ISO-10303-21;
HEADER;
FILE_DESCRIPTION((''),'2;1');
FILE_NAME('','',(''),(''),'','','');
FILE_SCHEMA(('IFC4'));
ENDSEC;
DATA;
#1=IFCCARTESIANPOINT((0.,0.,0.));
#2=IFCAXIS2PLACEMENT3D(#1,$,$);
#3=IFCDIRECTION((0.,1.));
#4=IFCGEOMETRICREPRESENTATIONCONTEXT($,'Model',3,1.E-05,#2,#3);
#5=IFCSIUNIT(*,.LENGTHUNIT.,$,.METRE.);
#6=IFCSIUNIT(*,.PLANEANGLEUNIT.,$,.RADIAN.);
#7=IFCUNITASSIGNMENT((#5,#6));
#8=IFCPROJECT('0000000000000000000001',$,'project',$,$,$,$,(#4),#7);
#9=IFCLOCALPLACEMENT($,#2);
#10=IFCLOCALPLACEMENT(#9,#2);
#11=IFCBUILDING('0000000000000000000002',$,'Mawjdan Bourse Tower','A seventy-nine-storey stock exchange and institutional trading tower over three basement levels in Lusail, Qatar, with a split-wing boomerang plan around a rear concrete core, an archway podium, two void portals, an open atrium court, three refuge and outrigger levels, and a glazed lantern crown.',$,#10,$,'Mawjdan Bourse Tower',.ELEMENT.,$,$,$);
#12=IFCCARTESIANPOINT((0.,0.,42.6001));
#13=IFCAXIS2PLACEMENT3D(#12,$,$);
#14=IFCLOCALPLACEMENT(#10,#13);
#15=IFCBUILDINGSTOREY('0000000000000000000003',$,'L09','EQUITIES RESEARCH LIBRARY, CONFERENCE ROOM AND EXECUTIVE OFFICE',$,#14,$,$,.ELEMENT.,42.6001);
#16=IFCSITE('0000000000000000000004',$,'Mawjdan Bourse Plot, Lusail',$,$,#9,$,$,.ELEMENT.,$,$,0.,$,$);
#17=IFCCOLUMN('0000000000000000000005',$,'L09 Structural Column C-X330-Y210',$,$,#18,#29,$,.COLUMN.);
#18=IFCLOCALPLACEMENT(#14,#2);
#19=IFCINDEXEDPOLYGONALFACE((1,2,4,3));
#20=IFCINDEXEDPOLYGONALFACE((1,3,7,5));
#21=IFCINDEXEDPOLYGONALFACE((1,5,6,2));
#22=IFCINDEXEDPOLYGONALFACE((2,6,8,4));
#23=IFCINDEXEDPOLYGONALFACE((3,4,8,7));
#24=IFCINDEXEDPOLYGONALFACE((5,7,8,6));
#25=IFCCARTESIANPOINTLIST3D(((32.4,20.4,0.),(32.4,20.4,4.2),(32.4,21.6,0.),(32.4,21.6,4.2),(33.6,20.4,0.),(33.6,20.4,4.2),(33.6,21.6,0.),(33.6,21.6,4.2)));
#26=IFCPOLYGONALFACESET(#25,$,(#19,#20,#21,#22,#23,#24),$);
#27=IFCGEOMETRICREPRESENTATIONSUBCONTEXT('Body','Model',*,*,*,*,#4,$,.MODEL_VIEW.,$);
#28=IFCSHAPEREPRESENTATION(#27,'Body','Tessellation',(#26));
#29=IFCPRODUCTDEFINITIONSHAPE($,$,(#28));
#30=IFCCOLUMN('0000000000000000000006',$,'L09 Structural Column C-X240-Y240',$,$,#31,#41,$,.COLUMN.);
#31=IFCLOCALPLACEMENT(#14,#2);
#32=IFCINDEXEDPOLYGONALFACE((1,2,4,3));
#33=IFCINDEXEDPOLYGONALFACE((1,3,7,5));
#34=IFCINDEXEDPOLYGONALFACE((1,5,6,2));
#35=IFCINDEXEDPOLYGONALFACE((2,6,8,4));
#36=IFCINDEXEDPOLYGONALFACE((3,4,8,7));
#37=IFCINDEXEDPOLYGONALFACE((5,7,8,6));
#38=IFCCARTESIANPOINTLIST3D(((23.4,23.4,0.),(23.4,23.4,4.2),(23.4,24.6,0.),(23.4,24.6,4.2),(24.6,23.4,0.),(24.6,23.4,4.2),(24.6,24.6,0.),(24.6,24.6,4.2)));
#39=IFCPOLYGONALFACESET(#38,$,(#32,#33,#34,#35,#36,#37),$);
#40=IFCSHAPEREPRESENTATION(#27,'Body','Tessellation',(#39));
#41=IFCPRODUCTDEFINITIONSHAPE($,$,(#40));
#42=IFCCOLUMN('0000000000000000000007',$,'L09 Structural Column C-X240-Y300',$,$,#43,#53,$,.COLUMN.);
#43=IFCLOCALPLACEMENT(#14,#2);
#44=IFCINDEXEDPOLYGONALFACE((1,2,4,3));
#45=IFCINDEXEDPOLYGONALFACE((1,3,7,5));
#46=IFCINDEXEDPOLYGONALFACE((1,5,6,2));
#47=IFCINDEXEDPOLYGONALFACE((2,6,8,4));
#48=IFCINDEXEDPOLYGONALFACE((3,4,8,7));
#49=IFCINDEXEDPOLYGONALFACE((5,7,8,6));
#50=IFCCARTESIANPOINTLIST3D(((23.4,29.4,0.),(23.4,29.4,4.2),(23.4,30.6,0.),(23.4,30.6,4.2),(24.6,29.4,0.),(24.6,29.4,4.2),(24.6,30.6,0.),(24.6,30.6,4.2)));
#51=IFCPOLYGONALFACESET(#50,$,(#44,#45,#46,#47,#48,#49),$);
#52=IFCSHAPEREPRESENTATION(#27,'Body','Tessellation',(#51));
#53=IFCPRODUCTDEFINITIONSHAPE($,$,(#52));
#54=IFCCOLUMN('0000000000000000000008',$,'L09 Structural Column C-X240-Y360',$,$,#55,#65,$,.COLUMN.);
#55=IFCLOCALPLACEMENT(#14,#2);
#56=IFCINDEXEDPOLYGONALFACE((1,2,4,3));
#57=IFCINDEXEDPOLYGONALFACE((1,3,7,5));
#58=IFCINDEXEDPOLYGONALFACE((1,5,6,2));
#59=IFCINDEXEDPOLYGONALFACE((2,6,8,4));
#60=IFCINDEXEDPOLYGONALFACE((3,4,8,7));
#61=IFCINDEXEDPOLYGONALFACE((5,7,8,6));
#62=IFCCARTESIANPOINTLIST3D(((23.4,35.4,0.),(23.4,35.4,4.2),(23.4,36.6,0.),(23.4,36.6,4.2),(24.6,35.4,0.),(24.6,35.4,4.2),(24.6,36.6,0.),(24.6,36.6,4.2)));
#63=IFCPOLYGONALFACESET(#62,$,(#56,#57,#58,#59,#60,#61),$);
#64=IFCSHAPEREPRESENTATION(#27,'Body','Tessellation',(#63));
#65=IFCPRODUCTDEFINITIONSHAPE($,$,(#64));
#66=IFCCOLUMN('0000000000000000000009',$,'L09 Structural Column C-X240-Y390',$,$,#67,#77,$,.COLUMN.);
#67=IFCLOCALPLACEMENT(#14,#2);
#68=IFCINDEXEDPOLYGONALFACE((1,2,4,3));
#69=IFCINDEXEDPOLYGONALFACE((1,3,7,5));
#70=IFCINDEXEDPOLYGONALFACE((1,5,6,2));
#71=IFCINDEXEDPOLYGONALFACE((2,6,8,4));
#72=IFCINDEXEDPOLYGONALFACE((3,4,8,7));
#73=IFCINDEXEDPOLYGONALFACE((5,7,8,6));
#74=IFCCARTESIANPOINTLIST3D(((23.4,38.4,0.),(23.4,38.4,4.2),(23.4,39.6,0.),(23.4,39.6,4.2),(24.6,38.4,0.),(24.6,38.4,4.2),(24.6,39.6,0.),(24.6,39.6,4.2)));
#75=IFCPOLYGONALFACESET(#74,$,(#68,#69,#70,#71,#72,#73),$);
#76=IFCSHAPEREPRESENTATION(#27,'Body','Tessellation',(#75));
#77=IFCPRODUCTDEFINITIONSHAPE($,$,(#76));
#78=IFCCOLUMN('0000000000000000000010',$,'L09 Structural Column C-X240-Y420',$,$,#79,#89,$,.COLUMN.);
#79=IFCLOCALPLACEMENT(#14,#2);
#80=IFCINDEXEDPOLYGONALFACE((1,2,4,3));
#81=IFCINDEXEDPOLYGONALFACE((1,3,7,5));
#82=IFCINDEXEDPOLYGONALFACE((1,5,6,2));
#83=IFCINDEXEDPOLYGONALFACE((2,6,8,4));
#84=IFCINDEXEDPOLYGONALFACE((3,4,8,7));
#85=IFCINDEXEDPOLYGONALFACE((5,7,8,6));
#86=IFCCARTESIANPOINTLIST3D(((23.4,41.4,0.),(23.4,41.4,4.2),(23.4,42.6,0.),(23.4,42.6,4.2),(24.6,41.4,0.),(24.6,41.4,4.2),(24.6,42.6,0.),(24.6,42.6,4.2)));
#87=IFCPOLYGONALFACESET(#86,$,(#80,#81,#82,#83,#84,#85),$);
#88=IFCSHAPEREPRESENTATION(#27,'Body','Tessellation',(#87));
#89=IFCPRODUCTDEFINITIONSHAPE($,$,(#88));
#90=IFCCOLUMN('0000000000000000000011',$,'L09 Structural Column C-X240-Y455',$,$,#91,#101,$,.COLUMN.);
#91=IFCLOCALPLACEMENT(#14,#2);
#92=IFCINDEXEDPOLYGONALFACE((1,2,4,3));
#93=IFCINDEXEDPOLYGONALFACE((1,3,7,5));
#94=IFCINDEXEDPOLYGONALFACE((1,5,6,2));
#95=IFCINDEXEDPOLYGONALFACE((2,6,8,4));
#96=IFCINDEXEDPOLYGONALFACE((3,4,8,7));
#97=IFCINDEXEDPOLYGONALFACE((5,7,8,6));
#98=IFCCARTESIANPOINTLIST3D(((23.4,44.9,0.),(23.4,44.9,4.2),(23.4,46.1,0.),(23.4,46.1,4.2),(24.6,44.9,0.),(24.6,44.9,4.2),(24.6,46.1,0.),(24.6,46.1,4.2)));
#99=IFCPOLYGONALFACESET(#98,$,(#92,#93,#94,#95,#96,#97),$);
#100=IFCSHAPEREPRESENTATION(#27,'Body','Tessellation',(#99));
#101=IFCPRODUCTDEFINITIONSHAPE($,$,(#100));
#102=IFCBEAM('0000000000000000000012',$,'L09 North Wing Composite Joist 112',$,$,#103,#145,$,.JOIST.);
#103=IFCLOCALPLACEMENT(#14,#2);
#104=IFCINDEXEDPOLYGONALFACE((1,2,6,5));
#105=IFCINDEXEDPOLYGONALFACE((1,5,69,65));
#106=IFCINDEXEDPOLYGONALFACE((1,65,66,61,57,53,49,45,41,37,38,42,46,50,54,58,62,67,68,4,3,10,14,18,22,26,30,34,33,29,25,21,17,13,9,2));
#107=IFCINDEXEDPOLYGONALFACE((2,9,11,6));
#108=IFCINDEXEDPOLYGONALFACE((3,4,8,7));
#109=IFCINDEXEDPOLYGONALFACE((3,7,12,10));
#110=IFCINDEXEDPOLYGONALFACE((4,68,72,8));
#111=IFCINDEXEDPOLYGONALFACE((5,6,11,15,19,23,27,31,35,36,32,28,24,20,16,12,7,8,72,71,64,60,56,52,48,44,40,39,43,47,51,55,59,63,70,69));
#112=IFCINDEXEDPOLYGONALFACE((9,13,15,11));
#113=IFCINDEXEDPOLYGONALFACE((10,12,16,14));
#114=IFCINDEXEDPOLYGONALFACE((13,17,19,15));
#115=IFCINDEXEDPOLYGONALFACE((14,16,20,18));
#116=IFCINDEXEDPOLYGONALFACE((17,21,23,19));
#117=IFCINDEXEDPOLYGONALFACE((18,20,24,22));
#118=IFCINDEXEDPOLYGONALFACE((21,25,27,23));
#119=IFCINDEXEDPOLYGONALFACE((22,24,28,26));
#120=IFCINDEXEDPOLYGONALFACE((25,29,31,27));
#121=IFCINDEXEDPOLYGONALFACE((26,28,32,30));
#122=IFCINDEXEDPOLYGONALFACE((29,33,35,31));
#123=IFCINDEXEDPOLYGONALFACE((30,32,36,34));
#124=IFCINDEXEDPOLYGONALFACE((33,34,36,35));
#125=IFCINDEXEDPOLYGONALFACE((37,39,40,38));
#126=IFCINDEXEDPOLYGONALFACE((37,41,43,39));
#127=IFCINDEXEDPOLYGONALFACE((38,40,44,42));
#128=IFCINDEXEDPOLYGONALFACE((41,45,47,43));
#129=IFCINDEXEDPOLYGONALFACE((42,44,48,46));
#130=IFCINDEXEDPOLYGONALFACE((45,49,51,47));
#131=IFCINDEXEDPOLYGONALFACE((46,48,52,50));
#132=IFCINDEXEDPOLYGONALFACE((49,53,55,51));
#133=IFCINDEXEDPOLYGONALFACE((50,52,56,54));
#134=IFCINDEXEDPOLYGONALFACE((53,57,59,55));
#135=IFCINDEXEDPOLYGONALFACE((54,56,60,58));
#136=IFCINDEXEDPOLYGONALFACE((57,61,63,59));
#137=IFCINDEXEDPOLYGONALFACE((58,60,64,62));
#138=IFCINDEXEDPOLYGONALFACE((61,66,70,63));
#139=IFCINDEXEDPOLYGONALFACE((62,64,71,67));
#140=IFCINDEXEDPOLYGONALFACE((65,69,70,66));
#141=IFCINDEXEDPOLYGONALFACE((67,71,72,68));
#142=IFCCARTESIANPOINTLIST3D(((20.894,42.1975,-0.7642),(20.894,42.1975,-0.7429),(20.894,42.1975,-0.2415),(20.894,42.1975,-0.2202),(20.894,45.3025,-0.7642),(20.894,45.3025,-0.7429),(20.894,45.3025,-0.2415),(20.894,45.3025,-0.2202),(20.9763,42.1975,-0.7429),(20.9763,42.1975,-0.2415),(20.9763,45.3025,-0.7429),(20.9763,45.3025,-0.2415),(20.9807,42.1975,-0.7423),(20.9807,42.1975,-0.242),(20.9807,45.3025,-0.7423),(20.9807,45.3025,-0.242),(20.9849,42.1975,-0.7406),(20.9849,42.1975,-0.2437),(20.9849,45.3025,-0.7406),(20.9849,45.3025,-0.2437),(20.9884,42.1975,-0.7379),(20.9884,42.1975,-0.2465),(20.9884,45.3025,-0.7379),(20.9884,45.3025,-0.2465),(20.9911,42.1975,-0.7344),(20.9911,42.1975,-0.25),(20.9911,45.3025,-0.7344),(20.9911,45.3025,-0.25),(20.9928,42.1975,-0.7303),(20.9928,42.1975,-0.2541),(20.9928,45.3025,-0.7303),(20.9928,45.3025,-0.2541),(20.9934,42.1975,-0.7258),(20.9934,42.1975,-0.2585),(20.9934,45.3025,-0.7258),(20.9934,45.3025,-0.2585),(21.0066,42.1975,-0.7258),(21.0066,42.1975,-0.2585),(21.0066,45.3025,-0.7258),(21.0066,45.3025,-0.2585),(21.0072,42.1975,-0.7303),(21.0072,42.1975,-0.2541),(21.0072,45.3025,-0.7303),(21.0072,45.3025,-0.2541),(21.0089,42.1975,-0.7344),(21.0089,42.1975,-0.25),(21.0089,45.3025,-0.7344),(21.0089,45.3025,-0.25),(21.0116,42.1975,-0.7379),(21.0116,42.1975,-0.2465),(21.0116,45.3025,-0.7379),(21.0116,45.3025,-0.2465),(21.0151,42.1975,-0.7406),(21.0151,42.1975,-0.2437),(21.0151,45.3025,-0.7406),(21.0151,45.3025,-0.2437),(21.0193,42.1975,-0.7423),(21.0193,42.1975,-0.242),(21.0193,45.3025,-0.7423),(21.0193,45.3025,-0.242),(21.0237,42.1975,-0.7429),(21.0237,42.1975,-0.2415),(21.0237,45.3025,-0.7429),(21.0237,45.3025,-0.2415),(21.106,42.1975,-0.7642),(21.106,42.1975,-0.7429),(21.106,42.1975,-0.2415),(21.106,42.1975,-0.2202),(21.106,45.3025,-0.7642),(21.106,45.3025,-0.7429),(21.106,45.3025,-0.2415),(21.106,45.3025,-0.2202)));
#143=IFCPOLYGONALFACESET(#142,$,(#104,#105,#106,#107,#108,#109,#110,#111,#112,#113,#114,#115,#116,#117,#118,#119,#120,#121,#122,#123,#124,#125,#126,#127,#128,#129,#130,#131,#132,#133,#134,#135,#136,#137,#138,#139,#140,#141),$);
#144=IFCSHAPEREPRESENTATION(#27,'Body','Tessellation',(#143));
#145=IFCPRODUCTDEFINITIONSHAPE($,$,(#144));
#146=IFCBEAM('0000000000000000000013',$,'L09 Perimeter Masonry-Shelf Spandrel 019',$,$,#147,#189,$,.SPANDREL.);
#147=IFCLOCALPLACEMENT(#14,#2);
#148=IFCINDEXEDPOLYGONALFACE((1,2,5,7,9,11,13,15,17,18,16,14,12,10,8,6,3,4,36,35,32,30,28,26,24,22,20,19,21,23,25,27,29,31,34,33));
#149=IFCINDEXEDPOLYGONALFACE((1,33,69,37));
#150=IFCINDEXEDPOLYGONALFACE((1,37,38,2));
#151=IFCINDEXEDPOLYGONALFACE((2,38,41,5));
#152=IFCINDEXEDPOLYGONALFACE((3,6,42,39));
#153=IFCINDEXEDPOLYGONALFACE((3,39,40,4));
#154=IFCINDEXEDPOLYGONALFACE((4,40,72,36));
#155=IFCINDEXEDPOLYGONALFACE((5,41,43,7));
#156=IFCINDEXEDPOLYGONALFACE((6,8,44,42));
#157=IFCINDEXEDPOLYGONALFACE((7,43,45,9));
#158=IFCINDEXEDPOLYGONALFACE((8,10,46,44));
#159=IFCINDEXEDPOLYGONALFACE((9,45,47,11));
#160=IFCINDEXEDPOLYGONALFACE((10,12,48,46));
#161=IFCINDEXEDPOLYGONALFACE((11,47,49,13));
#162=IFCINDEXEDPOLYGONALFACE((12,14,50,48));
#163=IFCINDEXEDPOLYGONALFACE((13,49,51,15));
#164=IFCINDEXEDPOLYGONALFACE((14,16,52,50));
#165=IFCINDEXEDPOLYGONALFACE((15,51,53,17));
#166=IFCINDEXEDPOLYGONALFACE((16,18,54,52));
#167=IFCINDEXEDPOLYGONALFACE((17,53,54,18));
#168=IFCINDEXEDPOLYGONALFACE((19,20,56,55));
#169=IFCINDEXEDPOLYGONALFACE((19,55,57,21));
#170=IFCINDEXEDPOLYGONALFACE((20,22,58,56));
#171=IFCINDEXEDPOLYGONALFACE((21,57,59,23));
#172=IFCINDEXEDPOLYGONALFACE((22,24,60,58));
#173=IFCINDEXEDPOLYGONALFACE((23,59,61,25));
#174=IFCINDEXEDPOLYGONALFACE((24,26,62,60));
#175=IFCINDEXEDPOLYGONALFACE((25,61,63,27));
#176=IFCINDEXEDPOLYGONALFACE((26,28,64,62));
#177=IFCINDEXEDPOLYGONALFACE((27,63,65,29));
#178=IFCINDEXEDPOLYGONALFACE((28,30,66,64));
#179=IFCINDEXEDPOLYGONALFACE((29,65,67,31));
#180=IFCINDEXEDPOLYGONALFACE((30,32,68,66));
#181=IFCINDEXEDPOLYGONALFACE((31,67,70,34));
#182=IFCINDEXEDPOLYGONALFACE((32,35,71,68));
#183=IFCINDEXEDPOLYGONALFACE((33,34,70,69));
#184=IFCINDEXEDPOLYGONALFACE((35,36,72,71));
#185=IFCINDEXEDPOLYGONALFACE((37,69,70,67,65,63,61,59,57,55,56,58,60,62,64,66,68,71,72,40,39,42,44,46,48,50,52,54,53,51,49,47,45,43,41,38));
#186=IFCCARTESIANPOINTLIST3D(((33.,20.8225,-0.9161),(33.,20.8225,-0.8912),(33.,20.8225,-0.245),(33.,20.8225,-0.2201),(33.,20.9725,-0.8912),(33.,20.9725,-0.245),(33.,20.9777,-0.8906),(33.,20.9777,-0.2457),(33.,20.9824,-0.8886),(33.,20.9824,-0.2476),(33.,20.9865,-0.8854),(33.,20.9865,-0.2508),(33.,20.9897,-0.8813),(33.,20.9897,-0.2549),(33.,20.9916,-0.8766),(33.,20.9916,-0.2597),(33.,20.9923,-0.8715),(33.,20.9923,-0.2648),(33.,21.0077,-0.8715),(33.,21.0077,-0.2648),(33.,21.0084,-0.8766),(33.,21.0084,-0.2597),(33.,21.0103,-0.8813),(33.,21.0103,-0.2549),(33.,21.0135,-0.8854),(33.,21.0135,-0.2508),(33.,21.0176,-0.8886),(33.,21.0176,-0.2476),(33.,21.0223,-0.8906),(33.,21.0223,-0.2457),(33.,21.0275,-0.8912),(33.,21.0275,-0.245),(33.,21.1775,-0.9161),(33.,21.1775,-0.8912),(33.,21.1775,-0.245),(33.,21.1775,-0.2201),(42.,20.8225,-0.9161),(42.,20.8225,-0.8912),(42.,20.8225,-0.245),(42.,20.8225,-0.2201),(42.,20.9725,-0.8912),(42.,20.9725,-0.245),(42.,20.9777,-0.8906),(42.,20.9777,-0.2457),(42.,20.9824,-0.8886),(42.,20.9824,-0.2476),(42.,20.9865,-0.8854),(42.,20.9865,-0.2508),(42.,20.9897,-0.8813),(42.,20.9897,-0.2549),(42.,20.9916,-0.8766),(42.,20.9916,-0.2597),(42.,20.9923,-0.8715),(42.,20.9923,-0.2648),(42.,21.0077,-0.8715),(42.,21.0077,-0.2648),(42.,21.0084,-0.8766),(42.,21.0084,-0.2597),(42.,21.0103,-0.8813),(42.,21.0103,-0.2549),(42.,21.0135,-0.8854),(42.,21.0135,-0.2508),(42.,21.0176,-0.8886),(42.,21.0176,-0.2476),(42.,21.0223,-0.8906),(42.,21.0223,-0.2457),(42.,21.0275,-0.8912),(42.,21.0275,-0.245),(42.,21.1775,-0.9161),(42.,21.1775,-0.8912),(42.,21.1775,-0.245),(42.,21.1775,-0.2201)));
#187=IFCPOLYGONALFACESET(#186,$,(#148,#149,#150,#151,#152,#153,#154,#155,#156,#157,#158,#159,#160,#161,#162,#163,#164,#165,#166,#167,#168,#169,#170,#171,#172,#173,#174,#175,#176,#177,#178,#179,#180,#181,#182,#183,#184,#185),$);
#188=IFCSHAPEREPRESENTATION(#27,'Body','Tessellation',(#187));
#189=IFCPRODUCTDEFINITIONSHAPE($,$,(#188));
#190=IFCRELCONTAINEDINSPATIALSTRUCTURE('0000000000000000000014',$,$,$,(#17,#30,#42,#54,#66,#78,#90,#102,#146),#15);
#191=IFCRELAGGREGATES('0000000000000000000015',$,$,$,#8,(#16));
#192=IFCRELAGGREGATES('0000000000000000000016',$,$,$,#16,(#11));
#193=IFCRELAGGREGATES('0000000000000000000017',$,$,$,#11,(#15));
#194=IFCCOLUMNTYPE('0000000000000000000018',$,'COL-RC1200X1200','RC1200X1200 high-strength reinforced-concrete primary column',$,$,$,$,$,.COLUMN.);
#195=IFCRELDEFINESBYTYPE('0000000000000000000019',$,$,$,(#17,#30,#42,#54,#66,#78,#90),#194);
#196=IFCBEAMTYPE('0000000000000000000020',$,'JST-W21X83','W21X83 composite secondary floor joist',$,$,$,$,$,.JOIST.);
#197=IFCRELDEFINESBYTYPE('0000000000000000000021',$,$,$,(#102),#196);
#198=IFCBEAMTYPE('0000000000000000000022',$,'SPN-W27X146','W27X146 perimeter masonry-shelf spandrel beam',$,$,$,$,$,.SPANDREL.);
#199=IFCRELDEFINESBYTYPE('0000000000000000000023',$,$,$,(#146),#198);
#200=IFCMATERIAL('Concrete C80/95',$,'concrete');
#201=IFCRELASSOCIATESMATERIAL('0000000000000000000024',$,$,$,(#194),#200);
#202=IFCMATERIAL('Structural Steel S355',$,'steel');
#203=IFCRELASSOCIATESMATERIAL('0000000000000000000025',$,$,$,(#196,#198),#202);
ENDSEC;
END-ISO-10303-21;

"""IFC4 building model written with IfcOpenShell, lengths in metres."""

from ifc_helpers import new_model, si_unit, direction, frame, origin, origin_2d, place, context, subcontext, project, spatial, rectangle, i_section, extrude, material, material_profile, profile_set, type_object, element, save


model = new_model("IFC4")

# Units and contexts
model_context = context("Model", 3, precision=1e-05, world=origin(), true_north=direction((0.0, 1.0)))
body_context = subcontext(model_context, "Body", "Model", "MODEL_VIEW")
ifc_project = project(units=[si_unit("LENGTHUNIT", "METRE"), si_unit("PLANEANGLEUNIT", "RADIAN")], contexts=[model_context])

# Site, building, storey
site_placement = place(None, origin())
site = spatial("IfcSite", under=ifc_project, at=site_placement, Name="Mawjdan Bourse Plot, Lusail", CompositionType="ELEMENT", RefElevation=0.0)
building_placement = place(site_placement, origin())
building = spatial("IfcBuilding", under=site, at=building_placement, Name="Mawjdan Bourse Tower", Description="A seventy-nine-storey stock exchange and institutional trading tower over three basement levels in Lusail, Qatar, with a split-wing boomerang plan around a rear concrete core, an archway podium, two void portals, an open atrium court, three refuge and outrigger levels, and a glazed lantern crown.", LongName="Mawjdan Bourse Tower", CompositionType="ELEMENT")
storey_placement = place(building_placement, frame((0.0, 0.0, 42.6001)))
storey = spatial("IfcBuildingStorey", under=building, at=storey_placement, Name="L09", Description="EQUITIES RESEARCH LIBRARY, CONFERENCE ROOM AND EXECUTIVE OFFICE", CompositionType="ELEMENT", Elevation=42.6001)

# Columns
ifc_material_1 = material(Name="Concrete C80/95", Category="concrete")
ifc_material_profile_1 = material_profile(ifc_material_1, rectangle(XDim=1.2, YDim=1.2, at=origin_2d()), Name="RC1200X1200")
ifc_profile_set_1 = profile_set([ifc_material_profile_1], Name="Concrete C80/95")
column_type = type_object("IfcColumnType", Name="COL-RC1200X1200", Description="RC1200X1200 high-strength reinforced-concrete primary column", PredefinedType="COLUMN", material=ifc_profile_set_1)
for number, where, z_axis, x_axis, name in (
    (1, (33.0, 21.0, 0.0), (0.0, 0.0, 1.0), (1.0, 0.0, 0.0), "L09 Structural Column C-X330-Y210"),
    (2, (24.0, 24.0, 0.0), (0.0, 0.0, 1.0), (1.0, 0.0, 0.0), "L09 Structural Column C-X240-Y240"),
    (3, (24.0, 30.0, 0.0), (0.0, 0.0, 1.0), (1.0, 0.0, 0.0), "L09 Structural Column C-X240-Y300"),
    (4, (24.0, 36.0, 0.0), (0.0, 0.0, 1.0), (1.0, 0.0, 0.0), "L09 Structural Column C-X240-Y360"),
    (5, (24.0, 39.0, 0.0), (0.0, 0.0, 1.0), (1.0, 0.0, 0.0), "L09 Structural Column C-X240-Y390"),
    (6, (24.0, 42.0, 0.0), (0.0, 0.0, 1.0), (1.0, 0.0, 0.0), "L09 Structural Column C-X240-Y420"),
    (7, (24.0, 45.5, 0.0), (0.0, 0.0, 1.0), (1.0, 0.0, 0.0), "L09 Structural Column C-X240-Y455"),
):
    element("IfcColumn", number, at=place(storey_placement, frame(where, z_axis=z_axis, x_axis=x_axis)), inside=storey, type_object=column_type, Name=name, PredefinedType="COLUMN", context=body_context, shape_type="SweptSolid", body=[
        extrude(rectangle(XDim=1.2, YDim=1.2, at=origin_2d()), origin(), (0.0, 0.0, 1.0), 4.2),
    ])

# Beams
ifc_material_2 = material(Name="Structural Steel S355", Category="steel")
ifc_material_profile_2 = material_profile(ifc_material_2, i_section(OverallWidth=0.2119, OverallDepth=0.5439, WebThickness=0.0132, FlangeThickness=0.0212, FilletRadius=0.0171, at=origin_2d()), Name="W21X83")
ifc_profile_set_2 = profile_set([ifc_material_profile_2], Name="Structural Steel S355")
beam_type_1 = type_object("IfcBeamType", Name="JST-W21X83", Description="W21X83 composite secondary floor joist", PredefinedType="JOIST", material=ifc_profile_set_2)
beam_1_placement = place(storey_placement, frame((21.0, 42.1975, -0.4922), z_axis=(0.0, 1.0, 0.0), x_axis=(-1.0, 0.0, 0.0)))
element("IfcBeam", 8, at=beam_1_placement, inside=storey, type_object=beam_type_1, Name="L09 North Wing Composite Joist 112", PredefinedType="JOIST", context=body_context, shape_type="SweptSolid", body=[
    extrude(i_section(OverallWidth=0.2119, OverallDepth=0.5439, WebThickness=0.0132, FlangeThickness=0.0212, FilletRadius=0.0171, at=origin_2d()), origin(), (0.0, 0.0, 1.0), 3.105),
])
ifc_material_profile_3 = material_profile(ifc_material_2, i_section(OverallWidth=0.355, OverallDepth=0.696, WebThickness=0.0154, FlangeThickness=0.0249, FilletRadius=0.0198, at=origin_2d()), Name="W27X146")
ifc_profile_set_3 = profile_set([ifc_material_profile_3], Name="Structural Steel S355")
beam_type_2 = type_object("IfcBeamType", Name="SPN-W27X146", Description="W27X146 perimeter masonry-shelf spandrel beam", PredefinedType="SPANDREL", material=ifc_profile_set_3)
beam_2_placement = place(storey_placement, frame((33.0, 21.0, -0.5681), z_axis=(1.0, 0.0, 0.0), x_axis=(0.0, 1.0, 0.0)))
element("IfcBeam", 9, at=beam_2_placement, inside=storey, type_object=beam_type_2, Name="L09 Perimeter Masonry-Shelf Spandrel 019", PredefinedType="SPANDREL", context=body_context, shape_type="SweptSolid", body=[
    extrude(i_section(OverallWidth=0.355, OverallDepth=0.696, WebThickness=0.0154, FlangeThickness=0.0249, FilletRadius=0.0198, at=origin_2d()), origin(), (0.0, 0.0, 1.0), 9.0),
])

save(model, "model.ifc")
